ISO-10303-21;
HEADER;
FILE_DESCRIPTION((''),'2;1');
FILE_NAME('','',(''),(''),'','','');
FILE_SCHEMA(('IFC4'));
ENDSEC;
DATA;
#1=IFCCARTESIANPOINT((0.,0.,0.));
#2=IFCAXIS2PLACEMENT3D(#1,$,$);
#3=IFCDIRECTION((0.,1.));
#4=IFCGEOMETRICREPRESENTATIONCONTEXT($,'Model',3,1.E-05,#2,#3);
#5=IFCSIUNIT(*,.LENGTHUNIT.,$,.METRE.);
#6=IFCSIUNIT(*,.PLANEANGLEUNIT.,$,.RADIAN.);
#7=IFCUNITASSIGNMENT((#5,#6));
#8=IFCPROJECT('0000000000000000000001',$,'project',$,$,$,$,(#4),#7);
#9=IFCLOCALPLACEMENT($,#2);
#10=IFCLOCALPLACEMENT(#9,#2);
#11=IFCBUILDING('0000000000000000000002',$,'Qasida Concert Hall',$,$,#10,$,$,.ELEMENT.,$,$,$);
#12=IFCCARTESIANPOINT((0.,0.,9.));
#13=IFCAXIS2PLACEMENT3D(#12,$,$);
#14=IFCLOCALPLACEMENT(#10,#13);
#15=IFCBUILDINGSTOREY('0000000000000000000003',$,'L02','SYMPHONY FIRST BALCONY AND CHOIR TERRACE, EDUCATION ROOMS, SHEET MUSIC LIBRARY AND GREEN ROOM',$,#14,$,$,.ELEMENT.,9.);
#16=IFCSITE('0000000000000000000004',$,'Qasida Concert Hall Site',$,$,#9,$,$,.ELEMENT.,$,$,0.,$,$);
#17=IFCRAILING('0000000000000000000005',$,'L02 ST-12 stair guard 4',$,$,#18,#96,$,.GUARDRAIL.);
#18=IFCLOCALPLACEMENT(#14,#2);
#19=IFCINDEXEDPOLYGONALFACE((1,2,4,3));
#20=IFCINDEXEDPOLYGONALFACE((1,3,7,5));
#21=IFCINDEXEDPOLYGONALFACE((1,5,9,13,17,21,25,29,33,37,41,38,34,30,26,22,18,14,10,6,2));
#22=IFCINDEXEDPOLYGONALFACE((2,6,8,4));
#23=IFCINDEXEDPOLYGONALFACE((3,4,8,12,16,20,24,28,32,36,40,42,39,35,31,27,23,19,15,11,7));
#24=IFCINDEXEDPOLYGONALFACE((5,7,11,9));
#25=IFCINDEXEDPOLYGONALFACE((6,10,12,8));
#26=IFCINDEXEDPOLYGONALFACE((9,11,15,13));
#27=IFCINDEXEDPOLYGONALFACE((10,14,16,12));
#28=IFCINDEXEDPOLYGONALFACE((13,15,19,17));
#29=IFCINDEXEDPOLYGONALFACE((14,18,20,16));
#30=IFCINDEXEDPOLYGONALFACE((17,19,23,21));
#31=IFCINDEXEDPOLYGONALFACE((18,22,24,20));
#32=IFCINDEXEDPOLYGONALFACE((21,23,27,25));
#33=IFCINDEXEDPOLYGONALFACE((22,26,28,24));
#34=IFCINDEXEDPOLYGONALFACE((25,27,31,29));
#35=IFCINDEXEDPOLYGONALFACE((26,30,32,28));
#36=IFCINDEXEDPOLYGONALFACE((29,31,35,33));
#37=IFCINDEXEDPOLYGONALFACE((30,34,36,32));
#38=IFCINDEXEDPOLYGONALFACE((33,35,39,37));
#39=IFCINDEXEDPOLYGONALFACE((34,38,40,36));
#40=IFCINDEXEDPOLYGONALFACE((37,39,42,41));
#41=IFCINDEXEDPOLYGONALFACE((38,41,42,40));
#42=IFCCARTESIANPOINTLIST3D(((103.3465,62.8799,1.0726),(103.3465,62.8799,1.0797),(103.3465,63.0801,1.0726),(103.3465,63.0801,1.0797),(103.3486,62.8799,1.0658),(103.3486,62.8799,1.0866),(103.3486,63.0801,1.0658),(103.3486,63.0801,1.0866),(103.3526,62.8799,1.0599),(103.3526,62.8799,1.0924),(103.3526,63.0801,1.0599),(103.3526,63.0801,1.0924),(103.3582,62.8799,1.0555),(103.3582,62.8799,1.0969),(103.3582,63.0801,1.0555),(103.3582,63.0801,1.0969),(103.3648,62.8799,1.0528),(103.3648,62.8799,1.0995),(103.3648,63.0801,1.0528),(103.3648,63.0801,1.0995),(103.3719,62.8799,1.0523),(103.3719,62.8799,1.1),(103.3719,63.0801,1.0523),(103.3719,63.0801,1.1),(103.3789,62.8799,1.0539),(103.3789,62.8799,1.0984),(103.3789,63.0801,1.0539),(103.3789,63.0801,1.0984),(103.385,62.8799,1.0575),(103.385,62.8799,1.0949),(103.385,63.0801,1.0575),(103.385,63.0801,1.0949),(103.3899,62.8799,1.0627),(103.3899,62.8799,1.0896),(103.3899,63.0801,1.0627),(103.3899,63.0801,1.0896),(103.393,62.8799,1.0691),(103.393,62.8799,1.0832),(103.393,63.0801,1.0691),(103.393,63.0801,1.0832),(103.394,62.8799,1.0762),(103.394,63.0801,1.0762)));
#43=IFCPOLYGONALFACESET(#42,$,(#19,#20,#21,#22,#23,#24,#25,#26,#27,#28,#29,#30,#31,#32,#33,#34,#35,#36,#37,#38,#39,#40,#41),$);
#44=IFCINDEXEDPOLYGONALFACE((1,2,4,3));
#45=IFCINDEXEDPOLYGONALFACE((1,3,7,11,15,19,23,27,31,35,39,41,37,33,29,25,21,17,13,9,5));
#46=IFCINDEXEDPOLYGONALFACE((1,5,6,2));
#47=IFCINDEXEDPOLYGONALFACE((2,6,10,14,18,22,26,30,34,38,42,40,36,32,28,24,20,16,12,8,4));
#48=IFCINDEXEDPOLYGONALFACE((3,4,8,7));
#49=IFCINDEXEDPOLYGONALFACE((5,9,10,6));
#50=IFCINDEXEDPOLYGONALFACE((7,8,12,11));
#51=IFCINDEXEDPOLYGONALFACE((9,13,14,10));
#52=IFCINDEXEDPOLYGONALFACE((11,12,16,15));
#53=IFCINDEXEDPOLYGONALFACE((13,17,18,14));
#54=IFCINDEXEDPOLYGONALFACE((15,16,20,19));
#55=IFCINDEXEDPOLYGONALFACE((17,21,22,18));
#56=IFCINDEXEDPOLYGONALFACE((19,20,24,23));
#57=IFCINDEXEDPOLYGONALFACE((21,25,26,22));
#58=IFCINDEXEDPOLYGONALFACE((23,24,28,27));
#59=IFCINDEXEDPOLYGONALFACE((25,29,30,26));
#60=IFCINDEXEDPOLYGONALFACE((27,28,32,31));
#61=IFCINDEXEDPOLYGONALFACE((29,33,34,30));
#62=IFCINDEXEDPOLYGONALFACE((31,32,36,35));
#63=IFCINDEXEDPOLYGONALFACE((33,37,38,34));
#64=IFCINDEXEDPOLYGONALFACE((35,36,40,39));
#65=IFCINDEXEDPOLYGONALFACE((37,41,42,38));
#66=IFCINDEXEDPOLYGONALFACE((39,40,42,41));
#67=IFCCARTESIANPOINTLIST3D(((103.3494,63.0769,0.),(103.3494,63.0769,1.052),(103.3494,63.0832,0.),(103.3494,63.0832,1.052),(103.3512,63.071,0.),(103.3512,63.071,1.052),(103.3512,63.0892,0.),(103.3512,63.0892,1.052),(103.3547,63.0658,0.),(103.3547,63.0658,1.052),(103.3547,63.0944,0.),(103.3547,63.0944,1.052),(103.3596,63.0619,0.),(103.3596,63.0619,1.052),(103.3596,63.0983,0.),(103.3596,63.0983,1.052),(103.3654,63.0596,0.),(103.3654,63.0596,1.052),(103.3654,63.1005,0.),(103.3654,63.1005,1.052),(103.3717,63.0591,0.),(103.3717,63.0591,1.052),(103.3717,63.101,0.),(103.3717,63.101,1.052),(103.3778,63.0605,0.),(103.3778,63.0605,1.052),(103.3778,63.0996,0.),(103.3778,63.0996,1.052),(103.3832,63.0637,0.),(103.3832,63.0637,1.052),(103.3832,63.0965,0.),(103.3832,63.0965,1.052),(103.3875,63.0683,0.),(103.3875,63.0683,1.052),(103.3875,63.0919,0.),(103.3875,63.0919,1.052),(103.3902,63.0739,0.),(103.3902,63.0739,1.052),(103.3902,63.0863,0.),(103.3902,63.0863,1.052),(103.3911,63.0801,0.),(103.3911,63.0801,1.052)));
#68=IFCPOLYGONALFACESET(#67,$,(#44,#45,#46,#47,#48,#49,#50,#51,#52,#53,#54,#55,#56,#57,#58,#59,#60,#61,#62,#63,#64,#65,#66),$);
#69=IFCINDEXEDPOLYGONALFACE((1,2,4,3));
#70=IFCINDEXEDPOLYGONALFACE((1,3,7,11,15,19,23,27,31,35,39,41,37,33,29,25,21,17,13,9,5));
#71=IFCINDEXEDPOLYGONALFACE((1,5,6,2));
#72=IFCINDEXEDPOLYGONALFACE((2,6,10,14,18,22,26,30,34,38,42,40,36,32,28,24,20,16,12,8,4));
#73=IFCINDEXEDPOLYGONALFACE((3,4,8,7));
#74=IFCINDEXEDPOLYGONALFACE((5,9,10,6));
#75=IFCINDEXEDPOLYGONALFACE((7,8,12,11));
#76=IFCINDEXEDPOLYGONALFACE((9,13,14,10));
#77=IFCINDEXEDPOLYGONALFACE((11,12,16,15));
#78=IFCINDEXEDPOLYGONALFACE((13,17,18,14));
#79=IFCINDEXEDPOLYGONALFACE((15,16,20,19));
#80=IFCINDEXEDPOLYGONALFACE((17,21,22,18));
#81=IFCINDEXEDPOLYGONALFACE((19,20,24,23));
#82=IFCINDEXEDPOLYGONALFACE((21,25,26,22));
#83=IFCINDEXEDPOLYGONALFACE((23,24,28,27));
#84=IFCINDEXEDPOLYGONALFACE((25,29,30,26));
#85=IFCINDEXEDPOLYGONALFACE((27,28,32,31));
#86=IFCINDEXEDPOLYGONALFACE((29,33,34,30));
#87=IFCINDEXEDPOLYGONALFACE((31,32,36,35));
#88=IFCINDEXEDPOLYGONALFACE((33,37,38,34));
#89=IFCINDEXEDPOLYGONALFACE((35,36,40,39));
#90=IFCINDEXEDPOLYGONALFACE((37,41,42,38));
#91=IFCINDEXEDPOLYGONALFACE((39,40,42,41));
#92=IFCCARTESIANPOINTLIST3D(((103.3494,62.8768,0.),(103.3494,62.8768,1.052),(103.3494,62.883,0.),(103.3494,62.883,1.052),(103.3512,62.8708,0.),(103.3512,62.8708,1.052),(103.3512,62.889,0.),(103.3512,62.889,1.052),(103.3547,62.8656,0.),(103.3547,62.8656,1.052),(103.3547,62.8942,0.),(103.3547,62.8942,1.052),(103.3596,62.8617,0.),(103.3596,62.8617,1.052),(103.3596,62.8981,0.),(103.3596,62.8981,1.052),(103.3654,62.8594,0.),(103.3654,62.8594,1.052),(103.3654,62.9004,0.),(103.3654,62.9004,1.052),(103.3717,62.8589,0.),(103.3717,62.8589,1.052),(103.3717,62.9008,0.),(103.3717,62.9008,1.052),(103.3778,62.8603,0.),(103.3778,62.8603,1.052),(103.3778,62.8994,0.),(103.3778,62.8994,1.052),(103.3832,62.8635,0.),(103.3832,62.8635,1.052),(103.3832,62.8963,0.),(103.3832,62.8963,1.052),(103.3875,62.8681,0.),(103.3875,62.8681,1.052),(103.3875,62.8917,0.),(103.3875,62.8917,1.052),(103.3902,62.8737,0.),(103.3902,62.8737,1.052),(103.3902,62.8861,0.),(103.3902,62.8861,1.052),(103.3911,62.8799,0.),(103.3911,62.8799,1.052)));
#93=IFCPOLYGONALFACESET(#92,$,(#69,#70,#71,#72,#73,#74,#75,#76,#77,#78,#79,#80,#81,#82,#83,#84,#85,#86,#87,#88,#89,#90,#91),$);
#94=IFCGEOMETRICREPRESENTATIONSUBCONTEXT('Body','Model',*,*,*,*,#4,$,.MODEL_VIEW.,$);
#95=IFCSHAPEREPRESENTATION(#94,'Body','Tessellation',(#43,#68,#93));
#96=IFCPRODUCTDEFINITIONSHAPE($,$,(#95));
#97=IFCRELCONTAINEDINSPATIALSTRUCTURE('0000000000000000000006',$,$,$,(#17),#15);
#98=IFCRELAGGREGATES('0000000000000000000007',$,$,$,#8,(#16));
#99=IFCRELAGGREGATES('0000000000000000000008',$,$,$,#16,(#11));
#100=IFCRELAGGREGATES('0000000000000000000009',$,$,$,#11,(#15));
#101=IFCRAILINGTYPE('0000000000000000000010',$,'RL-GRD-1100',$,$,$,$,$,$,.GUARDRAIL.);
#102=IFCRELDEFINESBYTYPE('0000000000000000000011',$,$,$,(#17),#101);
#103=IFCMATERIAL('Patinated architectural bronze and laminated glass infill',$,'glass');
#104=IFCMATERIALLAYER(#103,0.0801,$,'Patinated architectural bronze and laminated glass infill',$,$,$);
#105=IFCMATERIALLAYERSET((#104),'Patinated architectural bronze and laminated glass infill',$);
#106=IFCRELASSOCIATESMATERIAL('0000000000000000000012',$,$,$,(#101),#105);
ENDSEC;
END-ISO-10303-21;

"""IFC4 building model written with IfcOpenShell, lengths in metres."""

from ifc_helpers import new_model, si_unit, direction, frame, origin, origin_2d, place, context, subcontext, project, spatial, circle, extrude, material, layer, layer_set, type_object, element, save


model = new_model("IFC4")

# Units and contexts
model_context = context("Model", 3, precision=1e-05, world=origin(), true_north=direction((0.0, 1.0)))
body_context = subcontext(model_context, "Body", "Model", "MODEL_VIEW")
ifc_project = project(units=[si_unit("LENGTHUNIT", "METRE"), si_unit("PLANEANGLEUNIT", "RADIAN")], contexts=[model_context])

# Site, building, storey
site_placement = place(None, origin())
site = spatial("IfcSite", under=ifc_project, at=site_placement, Name="Qasida Concert Hall Site", CompositionType="ELEMENT", RefElevation=0.0)
building_placement = place(site_placement, origin())
building = spatial("IfcBuilding", under=site, at=building_placement, Name="Qasida Concert Hall", CompositionType="ELEMENT")
storey_placement = place(building_placement, frame((0.0, 0.0, 9.0)))
storey = spatial("IfcBuildingStorey", under=building, at=storey_placement, Name="L02", Description="SYMPHONY FIRST BALCONY AND CHOIR TERRACE, EDUCATION ROOMS, SHEET MUSIC LIBRARY AND GREEN ROOM", CompositionType="ELEMENT", Elevation=9.0)

# Railing
ifc_material_1 = material(Name="Patinated architectural bronze and laminated glass infill", Category="glass")
ifc_layer_1 = layer(ifc_material_1, 0.0801, Name="Patinated architectural bronze and laminated glass infill")
ifc_layer_set_1 = layer_set([ifc_layer_1], Name="Patinated architectural bronze and laminated glass infill")
railing_type_1 = type_object("IfcRailingType", Name="RL-GRD-1100", PredefinedType="GUARDRAIL", material=ifc_layer_set_1)
railing_1_placement = place(storey_placement, frame((103.3701, 63.0801, 0.0)))
element("IfcRailing", 1, at=railing_1_placement, inside=storey, type_object=railing_type_1, Name="L02 ST-12 stair guard 4", PredefinedType="GUARDRAIL", context=body_context, shape_type="SweptSolid", body=[
    extrude(circle(Radius=0.0239, at=origin_2d()), frame((0.0, 0.0, 1.0762), z_axis=(0.0, -1.0, 0.0), x_axis=(1.0, 0.0, 0.0)), (0.0, 0.0, 1.0), 0.2002),
    extrude(circle(Radius=0.021, at=origin_2d()), origin(), (0.0, 0.0, 1.0), 1.052),
    extrude(circle(Radius=0.021, at=origin_2d()), frame((0.0, -0.2002, 0.0)), (0.0, 0.0, 1.0), 1.052),
])

save(model, "model.ifc")
